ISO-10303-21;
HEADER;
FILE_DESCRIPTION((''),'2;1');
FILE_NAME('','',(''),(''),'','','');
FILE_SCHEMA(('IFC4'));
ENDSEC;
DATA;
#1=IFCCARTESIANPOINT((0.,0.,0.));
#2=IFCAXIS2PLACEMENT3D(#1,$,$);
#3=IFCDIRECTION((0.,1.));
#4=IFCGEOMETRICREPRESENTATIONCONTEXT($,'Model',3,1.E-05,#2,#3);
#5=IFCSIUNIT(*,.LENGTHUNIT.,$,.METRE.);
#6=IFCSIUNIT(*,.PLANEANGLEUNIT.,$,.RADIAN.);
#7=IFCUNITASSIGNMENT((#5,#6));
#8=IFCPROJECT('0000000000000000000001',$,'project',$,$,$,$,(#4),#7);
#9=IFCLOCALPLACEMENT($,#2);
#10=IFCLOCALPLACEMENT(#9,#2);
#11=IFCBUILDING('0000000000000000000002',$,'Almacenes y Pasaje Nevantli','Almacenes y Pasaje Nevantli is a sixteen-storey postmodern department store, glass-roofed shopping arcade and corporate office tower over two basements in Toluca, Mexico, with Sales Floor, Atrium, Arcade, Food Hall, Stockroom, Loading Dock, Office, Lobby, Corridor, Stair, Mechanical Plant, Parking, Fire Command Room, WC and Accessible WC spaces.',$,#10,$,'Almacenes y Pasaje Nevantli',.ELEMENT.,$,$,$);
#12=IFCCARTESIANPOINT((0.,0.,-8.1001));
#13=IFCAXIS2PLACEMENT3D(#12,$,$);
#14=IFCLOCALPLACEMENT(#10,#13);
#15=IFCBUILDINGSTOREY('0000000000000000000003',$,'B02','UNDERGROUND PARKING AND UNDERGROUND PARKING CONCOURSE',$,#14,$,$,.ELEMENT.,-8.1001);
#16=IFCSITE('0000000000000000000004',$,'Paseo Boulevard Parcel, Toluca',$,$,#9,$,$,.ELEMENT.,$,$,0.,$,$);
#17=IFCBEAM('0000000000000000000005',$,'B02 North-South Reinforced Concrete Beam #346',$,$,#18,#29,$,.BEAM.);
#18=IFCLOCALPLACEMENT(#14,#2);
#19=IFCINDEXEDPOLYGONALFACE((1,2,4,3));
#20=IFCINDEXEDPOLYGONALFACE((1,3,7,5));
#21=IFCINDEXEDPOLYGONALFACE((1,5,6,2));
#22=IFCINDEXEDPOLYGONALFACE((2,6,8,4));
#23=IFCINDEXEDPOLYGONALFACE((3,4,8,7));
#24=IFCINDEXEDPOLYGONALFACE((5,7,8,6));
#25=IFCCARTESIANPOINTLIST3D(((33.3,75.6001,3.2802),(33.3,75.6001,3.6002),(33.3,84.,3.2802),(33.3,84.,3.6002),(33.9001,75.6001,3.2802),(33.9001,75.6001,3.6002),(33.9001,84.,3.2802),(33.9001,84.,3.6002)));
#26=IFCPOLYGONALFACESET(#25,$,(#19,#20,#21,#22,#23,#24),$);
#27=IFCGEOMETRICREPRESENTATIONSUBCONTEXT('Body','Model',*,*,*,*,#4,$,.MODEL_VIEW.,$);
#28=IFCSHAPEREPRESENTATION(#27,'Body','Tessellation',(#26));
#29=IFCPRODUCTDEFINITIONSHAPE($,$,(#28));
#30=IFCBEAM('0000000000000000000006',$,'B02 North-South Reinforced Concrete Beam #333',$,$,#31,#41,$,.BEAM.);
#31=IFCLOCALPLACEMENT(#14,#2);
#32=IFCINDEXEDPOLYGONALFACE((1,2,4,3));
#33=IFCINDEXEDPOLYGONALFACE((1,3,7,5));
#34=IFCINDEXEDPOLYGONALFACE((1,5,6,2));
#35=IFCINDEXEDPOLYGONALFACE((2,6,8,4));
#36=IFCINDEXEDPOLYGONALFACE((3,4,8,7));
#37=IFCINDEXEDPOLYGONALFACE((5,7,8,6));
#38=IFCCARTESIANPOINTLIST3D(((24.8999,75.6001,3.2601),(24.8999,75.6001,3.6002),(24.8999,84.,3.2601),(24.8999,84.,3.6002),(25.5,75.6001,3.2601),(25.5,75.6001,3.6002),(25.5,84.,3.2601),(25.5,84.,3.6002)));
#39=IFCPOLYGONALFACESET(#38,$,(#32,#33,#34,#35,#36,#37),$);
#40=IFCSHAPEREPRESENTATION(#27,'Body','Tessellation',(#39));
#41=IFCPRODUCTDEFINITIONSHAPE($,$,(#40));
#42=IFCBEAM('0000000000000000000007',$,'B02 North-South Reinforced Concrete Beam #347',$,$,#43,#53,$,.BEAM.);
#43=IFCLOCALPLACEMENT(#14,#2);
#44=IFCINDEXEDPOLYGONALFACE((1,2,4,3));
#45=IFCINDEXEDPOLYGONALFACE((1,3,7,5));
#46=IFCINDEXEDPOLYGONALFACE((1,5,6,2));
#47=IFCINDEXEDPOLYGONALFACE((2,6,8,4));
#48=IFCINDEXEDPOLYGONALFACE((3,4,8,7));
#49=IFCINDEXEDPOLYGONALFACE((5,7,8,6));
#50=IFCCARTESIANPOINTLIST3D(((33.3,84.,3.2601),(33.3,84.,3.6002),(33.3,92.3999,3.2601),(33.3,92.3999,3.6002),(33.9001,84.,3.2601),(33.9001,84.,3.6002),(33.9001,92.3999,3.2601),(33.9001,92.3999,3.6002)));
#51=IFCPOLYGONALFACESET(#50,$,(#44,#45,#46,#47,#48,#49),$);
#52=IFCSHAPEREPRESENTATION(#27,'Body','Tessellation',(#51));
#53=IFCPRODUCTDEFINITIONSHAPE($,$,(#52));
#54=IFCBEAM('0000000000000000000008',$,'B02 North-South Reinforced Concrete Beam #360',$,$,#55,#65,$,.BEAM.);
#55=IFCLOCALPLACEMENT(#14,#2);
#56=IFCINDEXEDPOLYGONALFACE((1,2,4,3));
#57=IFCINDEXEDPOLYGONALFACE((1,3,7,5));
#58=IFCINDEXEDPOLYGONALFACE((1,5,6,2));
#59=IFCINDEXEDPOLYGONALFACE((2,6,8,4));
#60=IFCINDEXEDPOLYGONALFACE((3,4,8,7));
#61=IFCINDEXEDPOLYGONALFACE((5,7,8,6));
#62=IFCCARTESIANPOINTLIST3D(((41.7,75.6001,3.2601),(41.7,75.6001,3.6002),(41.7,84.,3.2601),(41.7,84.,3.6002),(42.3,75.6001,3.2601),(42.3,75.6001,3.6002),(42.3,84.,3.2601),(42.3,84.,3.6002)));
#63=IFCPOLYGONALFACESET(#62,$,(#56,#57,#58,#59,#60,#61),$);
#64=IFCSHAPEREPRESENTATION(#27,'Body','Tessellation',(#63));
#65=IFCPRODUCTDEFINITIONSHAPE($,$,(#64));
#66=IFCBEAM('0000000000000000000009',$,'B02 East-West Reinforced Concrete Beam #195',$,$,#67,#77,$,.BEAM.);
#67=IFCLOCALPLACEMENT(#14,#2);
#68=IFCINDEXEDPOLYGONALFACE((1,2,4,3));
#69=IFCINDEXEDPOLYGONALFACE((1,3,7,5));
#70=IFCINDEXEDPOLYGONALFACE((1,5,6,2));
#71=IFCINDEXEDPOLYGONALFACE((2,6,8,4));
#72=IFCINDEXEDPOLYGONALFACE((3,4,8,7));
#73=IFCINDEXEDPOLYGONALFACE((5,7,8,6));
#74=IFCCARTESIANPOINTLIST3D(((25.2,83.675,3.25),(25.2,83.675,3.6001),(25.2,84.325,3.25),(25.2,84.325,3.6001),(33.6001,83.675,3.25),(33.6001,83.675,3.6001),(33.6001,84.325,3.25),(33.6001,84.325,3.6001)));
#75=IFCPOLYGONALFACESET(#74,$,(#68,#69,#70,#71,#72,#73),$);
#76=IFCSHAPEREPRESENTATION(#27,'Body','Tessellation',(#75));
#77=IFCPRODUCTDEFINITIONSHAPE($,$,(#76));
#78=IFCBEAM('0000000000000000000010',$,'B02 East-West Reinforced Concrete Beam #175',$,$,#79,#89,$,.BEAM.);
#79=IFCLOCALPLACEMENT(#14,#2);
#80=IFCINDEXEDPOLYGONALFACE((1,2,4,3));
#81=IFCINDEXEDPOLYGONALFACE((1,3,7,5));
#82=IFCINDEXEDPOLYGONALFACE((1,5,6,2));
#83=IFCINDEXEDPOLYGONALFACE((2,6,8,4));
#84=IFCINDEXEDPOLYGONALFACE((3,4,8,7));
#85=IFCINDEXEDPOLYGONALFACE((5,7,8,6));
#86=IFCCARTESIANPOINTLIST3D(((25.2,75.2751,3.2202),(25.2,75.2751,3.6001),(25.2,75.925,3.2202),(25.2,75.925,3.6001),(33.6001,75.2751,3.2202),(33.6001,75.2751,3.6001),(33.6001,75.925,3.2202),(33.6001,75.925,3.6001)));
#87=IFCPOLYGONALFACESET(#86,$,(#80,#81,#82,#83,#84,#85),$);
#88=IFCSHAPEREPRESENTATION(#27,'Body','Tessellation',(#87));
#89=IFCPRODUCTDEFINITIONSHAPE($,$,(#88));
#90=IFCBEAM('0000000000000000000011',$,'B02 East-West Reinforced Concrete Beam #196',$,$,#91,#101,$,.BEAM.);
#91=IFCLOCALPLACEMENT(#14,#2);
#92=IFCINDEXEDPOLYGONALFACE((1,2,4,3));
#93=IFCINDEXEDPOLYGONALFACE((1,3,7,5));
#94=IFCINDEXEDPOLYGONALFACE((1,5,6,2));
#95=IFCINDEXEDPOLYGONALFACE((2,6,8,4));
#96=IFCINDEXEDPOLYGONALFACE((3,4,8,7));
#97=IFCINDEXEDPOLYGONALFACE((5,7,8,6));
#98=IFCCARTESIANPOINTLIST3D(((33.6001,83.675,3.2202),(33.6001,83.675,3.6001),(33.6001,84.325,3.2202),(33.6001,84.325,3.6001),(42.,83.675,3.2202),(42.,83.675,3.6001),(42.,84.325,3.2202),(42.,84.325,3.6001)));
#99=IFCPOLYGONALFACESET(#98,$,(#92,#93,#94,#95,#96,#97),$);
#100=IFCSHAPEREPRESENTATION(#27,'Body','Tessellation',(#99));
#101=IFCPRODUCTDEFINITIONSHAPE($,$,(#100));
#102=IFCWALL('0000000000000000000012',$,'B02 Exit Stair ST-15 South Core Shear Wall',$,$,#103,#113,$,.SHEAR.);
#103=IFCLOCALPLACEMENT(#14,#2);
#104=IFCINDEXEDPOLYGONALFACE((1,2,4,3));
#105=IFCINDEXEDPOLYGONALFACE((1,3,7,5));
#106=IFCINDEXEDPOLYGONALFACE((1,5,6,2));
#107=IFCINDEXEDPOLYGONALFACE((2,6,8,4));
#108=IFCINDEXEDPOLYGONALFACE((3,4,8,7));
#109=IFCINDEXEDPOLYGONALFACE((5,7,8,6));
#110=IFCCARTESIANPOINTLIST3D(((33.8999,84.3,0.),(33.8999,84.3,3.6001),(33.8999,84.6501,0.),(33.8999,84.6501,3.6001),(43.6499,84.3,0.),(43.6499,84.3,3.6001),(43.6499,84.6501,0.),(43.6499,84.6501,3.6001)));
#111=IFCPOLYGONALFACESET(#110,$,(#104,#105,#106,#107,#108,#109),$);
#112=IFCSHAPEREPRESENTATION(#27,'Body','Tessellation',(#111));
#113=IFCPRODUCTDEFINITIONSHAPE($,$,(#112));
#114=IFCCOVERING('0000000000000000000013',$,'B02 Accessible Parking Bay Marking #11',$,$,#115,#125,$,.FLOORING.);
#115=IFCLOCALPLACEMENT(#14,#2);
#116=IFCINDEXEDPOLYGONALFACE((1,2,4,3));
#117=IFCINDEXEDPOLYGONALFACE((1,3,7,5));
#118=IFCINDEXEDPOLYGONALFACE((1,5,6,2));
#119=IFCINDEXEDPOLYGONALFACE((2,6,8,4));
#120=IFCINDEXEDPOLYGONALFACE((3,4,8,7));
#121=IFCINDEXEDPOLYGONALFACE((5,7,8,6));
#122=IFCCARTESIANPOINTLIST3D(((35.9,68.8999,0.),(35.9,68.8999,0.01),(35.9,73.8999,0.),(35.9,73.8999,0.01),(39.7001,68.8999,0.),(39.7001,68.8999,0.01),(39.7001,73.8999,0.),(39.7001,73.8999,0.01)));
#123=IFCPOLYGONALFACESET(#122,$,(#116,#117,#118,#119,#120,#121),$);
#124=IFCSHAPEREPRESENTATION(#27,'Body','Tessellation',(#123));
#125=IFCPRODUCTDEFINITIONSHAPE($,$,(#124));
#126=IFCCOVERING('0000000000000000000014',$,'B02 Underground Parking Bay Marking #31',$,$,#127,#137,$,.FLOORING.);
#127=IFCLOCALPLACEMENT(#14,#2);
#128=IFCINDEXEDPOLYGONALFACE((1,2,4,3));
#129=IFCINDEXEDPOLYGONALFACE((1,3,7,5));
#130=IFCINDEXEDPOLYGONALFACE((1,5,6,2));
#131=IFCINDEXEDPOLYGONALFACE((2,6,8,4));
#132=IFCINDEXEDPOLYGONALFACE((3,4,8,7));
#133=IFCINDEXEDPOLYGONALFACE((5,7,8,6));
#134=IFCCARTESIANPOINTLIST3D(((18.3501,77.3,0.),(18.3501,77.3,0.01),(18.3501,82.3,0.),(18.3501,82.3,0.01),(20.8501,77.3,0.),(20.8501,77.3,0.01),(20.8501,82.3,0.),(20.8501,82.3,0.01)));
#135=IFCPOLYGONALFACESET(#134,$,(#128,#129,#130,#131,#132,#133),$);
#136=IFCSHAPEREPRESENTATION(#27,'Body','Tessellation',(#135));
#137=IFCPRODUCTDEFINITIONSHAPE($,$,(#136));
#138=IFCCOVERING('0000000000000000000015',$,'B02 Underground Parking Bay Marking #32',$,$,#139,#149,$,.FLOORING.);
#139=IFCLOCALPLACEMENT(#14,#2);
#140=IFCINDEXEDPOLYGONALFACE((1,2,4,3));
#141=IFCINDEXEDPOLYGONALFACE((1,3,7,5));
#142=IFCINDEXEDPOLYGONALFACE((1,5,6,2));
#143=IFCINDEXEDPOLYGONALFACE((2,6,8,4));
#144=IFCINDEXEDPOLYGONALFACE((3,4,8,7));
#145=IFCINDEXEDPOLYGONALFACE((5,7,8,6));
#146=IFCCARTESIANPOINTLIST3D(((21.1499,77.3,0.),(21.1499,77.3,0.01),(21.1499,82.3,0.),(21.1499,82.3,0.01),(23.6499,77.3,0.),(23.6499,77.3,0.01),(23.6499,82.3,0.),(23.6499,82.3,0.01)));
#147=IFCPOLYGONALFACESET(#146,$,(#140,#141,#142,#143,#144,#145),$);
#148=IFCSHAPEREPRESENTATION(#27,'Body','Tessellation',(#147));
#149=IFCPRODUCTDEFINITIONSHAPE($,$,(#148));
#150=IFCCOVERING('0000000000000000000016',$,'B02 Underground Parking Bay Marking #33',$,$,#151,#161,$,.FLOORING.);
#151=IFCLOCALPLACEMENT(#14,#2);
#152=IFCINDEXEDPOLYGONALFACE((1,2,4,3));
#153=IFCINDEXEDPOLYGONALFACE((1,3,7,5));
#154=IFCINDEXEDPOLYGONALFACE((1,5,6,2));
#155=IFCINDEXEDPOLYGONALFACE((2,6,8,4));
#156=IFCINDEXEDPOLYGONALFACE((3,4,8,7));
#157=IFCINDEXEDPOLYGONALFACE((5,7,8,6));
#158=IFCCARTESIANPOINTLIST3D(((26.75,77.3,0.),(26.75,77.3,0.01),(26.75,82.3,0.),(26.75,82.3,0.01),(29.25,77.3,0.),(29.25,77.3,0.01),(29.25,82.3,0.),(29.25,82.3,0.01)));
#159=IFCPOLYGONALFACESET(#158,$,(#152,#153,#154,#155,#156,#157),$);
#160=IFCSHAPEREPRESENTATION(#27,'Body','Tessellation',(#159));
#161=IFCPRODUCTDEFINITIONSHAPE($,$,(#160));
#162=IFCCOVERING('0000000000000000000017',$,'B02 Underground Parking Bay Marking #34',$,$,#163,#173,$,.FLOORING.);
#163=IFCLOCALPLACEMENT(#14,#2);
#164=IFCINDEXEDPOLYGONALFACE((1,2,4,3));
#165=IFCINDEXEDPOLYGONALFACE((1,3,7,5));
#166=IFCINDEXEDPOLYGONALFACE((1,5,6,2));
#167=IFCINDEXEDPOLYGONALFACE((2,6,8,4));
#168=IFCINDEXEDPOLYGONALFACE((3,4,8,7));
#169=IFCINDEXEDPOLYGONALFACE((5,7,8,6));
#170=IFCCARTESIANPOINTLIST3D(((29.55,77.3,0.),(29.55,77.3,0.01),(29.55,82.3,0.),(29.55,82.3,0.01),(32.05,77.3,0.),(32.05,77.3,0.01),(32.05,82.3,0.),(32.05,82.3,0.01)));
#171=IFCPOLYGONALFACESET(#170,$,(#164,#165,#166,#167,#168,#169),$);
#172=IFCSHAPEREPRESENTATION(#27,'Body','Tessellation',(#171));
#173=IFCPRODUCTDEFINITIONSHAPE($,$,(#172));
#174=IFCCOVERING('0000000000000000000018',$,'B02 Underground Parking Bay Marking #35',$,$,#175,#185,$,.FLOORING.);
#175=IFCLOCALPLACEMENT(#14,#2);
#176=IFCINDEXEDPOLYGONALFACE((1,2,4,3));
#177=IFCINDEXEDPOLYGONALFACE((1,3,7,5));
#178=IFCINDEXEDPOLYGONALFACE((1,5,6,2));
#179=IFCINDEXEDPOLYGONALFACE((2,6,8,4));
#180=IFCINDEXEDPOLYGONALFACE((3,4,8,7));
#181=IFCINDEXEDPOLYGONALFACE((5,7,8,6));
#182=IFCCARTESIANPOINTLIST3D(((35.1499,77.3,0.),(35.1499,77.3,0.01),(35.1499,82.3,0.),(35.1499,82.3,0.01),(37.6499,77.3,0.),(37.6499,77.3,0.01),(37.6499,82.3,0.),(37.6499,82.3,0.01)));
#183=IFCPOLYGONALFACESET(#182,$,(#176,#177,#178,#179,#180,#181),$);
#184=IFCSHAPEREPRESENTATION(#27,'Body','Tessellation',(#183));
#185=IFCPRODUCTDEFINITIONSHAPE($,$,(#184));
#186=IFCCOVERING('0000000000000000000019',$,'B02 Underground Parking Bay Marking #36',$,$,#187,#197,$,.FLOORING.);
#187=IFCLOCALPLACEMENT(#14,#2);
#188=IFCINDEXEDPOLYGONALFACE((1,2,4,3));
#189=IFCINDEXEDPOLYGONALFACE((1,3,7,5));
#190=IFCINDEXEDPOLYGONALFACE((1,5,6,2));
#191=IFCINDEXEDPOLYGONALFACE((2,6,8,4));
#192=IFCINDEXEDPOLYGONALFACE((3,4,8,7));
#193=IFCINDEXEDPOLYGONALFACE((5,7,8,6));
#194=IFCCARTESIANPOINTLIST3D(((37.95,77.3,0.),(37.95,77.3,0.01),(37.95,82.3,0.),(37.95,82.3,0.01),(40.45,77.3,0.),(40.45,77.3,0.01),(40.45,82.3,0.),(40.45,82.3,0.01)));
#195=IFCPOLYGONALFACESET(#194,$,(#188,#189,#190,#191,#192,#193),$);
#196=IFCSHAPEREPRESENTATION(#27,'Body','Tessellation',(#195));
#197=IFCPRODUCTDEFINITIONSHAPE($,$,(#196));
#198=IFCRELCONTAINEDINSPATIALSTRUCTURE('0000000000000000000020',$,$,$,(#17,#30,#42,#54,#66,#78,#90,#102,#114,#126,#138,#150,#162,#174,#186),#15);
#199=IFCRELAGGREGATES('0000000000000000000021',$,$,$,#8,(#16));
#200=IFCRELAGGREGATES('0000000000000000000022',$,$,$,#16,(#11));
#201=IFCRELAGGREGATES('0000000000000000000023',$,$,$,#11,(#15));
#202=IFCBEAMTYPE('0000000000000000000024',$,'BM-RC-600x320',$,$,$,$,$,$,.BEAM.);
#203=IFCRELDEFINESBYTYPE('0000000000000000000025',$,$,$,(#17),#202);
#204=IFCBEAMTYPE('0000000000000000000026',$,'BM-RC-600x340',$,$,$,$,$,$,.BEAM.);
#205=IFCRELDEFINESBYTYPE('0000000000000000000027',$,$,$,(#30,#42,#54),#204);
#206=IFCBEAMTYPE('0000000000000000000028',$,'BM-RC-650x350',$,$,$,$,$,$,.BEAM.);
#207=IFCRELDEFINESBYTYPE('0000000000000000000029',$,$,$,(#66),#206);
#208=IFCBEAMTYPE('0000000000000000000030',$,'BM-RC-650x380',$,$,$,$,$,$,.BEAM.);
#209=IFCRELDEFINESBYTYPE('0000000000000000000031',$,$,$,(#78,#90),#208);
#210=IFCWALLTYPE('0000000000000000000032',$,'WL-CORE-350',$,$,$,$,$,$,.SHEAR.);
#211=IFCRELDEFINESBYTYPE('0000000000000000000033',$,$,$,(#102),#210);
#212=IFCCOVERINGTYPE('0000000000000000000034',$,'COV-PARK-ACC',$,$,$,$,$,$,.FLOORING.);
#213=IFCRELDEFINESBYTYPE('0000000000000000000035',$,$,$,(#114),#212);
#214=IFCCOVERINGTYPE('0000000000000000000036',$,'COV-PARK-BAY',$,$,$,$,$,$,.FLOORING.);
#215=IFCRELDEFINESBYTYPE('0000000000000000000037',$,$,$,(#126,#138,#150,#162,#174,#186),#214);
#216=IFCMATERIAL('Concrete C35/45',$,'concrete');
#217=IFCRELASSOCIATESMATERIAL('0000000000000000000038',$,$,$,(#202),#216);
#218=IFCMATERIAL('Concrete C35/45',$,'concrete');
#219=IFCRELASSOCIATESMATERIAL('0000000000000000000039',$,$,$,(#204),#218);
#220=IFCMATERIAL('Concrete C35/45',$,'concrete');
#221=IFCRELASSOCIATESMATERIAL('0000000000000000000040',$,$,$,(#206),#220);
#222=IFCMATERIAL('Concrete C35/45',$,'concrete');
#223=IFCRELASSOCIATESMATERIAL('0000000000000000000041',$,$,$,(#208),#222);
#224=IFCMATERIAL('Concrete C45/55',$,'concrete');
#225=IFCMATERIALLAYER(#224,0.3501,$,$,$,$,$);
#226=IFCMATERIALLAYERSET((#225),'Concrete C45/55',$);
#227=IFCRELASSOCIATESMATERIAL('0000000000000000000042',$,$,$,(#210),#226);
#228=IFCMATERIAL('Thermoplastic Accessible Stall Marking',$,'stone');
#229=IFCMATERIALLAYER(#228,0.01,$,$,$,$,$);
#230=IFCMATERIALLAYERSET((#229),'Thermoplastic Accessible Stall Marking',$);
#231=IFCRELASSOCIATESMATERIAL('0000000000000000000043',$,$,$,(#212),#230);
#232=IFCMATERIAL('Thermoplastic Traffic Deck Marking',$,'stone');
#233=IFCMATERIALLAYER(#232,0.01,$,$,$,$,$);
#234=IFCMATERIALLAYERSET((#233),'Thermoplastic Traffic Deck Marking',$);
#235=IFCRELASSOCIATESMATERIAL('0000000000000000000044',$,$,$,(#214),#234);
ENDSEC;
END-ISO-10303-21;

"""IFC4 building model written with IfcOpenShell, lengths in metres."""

from ifc_helpers import new_model, si_unit, direction, frame, frame_2d, origin, origin_2d, place, context, subcontext, project, spatial, rectangle, extrude, material, layer, layer_set, material_profile, profile_set, type_object, element, save


model = new_model("IFC4")

# Units and contexts
model_context = context("Model", 3, precision=1e-05, world=origin(), true_north=direction((0.0, 1.0)))
body_context = subcontext(model_context, "Body", "Model", "MODEL_VIEW")
ifc_project = project(units=[si_unit("LENGTHUNIT", "METRE"), si_unit("PLANEANGLEUNIT", "RADIAN")], contexts=[model_context])

# Site, building, storey
site_placement = place(None, origin())
site = spatial("IfcSite", under=ifc_project, at=site_placement, Name="Paseo Boulevard Parcel, Toluca", CompositionType="ELEMENT", RefElevation=0.0)
building_placement = place(site_placement, origin())
building = spatial("IfcBuilding", under=site, at=building_placement, Name="Almacenes y Pasaje Nevantli", Description="Almacenes y Pasaje Nevantli is a sixteen-storey postmodern department store, glass-roofed shopping arcade and corporate office tower over two basements in Toluca, Mexico, with Sales Floor, Atrium, Arcade, Food Hall, Stockroom, Loading Dock, Office, Lobby, Corridor, Stair, Mechanical Plant, Parking, Fire Command Room, WC and Accessible WC spaces.", LongName="Almacenes y Pasaje Nevantli", CompositionType="ELEMENT")
storey_placement = place(building_placement, frame((0.0, 0.0, -8.1001)))
storey = spatial("IfcBuildingStorey", under=building, at=storey_placement, Name="B02", Description="UNDERGROUND PARKING AND UNDERGROUND PARKING CONCOURSE", CompositionType="ELEMENT", Elevation=-8.1001)

# Beams
ifc_material_1 = material(Name="Concrete C35/45", Category="concrete")
ifc_material_profile_1 = material_profile(ifc_material_1, rectangle(XDim=0.6001, YDim=0.3201, at=origin_2d()), Name="RC-BM-600x320")
ifc_profile_set_1 = profile_set([ifc_material_profile_1], Name="Concrete C35/45")
beam_type_1 = type_object("IfcBeamType", Name="BM-RC-600x320", PredefinedType="BEAM", material=ifc_profile_set_1)
for number, where, z_axis, x_axis, name in (
    (1, (33.6001, 75.6001, 3.4402), (0.0, 1.0, 0.0), (-1.0, 0.0, 0.0), "B02 North-South Reinforced Concrete Beam #346"),
):
    element("IfcBeam", number, at=place(storey_placement, frame(where, z_axis=z_axis, x_axis=x_axis)), inside=storey, type_object=beam_type_1, Name=name, PredefinedType="BEAM", context=body_context, shape_type="SweptSolid", body=[
        extrude(rectangle(XDim=0.6001, YDim=0.3201, at=origin_2d()), origin(), (0.0, 0.0, 1.0), 8.3999),
    ])
ifc_material_2 = material(Name="Concrete C35/45", Category="concrete")
ifc_material_profile_2 = material_profile(ifc_material_2, rectangle(XDim=0.6001, YDim=0.3401, at=origin_2d()), Name="RC-BM-600x340")
ifc_profile_set_2 = profile_set([ifc_material_profile_2], Name="Concrete C35/45")
beam_type_2 = type_object("IfcBeamType", Name="BM-RC-600x340", PredefinedType="BEAM", material=ifc_profile_set_2)
for number, where, z_axis, x_axis, name in (
    (2, (25.2, 75.6001, 3.4302), (0.0, 1.0, 0.0), (-1.0, 0.0, 0.0), "B02 North-South Reinforced Concrete Beam #333"),
    (3, (33.6001, 84.0, 3.4302), (0.0, 1.0, 0.0), (-1.0, 0.0, 0.0), "B02 North-South Reinforced Concrete Beam #347"),
    (4, (42.0, 75.6001, 3.4302), (0.0, 1.0, 0.0), (-1.0, 0.0, 0.0), "B02 North-South Reinforced Concrete Beam #360"),
):
    element("IfcBeam", number, at=place(storey_placement, frame(where, z_axis=z_axis, x_axis=x_axis)), inside=storey, type_object=beam_type_2, Name=name, PredefinedType="BEAM", context=body_context, shape_type="SweptSolid", body=[
        extrude(rectangle(XDim=0.6001, YDim=0.3401, at=origin_2d()), origin(), (0.0, 0.0, 1.0), 8.3999),
    ])
ifc_material_3 = material(Name="Concrete C35/45", Category="concrete")
ifc_material_profile_3 = material_profile(ifc_material_3, rectangle(XDim=0.6499, YDim=0.3501, at=origin_2d()), Name="RC-BM-650x350")
ifc_profile_set_3 = profile_set([ifc_material_profile_3], Name="Concrete C35/45")
beam_type_3 = type_object("IfcBeamType", Name="BM-RC-650x350", PredefinedType="BEAM", material=ifc_profile_set_3)
beam_1_placement = place(storey_placement, frame((25.2, 84.0, 3.425), z_axis=(1.0, 0.0, 0.0), x_axis=(0.0, 1.0, 0.0)))
element("IfcBeam", 5, at=beam_1_placement, inside=storey, type_object=beam_type_3, Name="B02 East-West Reinforced Concrete Beam #195", PredefinedType="BEAM", context=body_context, shape_type="SweptSolid", body=[
    extrude(rectangle(XDim=0.6499, YDim=0.3501, at=origin_2d()), origin(), (0.0, 0.0, 1.0), 8.4001),
])
ifc_material_4 = material(Name="Concrete C35/45", Category="concrete")
ifc_material_profile_4 = material_profile(ifc_material_4, rectangle(XDim=0.6499, YDim=0.3799, at=origin_2d()), Name="RC-BM-650x380")
ifc_profile_set_4 = profile_set([ifc_material_profile_4], Name="Concrete C35/45")
beam_type_4 = type_object("IfcBeamType", Name="BM-RC-650x380", PredefinedType="BEAM", material=ifc_profile_set_4)
beam_2_placement = place(storey_placement, frame((25.2, 75.6001, 3.4102), z_axis=(1.0, 0.0, 0.0), x_axis=(0.0, 1.0, 0.0)))
element("IfcBeam", 6, at=beam_2_placement, inside=storey, type_object=beam_type_4, Name="B02 East-West Reinforced Concrete Beam #175", PredefinedType="BEAM", context=body_context, shape_type="SweptSolid", body=[
    extrude(rectangle(XDim=0.6499, YDim=0.3799, at=origin_2d()), origin(), (0.0, 0.0, 1.0), 8.4001),
])
beam_3_placement = place(storey_placement, frame((33.6001, 84.0, 3.4102), z_axis=(1.0, 0.0, 0.0), x_axis=(0.0, 1.0, 0.0)))
element("IfcBeam", 7, at=beam_3_placement, inside=storey, type_object=beam_type_4, Name="B02 East-West Reinforced Concrete Beam #196", PredefinedType="BEAM", context=body_context, shape_type="SweptSolid", body=[
    extrude(rectangle(XDim=0.6499, YDim=0.3799, at=origin_2d()), origin(), (0.0, 0.0, 1.0), 8.3999),
])

# Wall
ifc_material_5 = material(Name="Concrete C45/55", Category="concrete")
ifc_layer_1 = layer(ifc_material_5, 0.3501)
ifc_layer_set_1 = layer_set([ifc_layer_1], Name="Concrete C45/55")
wall_type = type_object("IfcWallType", Name="WL-CORE-350", PredefinedType="SHEAR", material=ifc_layer_set_1)
wall_placement = place(storey_placement, frame((33.8999, 84.4751, 0.0), z_axis=(0.0, 0.0, 1.0), x_axis=(1.0, 0.0, 0.0)))
element("IfcWall", 8, at=wall_placement, inside=storey, type_object=wall_type, Name="B02 Exit Stair ST-15 South Core Shear Wall", PredefinedType="SHEAR", context=body_context, shape_type="SweptSolid", body=[
    extrude(rectangle(XDim=9.75, YDim=0.3501, at=frame_2d((4.875, 0.0))), origin(), (0.0, 0.0, 1.0), 3.6001),
])

# Coverings
ifc_material_6 = material(Name="Thermoplastic Accessible Stall Marking", Category="stone")
ifc_layer_2 = layer(ifc_material_6, 0.01)
ifc_layer_set_2 = layer_set([ifc_layer_2], Name="Thermoplastic Accessible Stall Marking")
covering_type_1 = type_object("IfcCoveringType", Name="COV-PARK-ACC", PredefinedType="FLOORING", material=ifc_layer_set_2)
covering_placement = place(storey_placement, frame((37.8, 71.3999, 0.0), z_axis=(0.0, 0.0, 1.0), x_axis=(1.0, 0.0, 0.0)))
element("IfcCovering", 9, at=covering_placement, inside=storey, type_object=covering_type_1, Name="B02 Accessible Parking Bay Marking #11", PredefinedType="FLOORING", context=body_context, shape_type="SweptSolid", body=[
    extrude(rectangle(XDim=3.8, YDim=5.0, at=origin_2d()), origin(), (0.0, 0.0, 1.0), 0.01),
])
ifc_material_7 = material(Name="Thermoplastic Traffic Deck Marking", Category="stone")
ifc_layer_3 = layer(ifc_material_7, 0.01)
ifc_layer_set_3 = layer_set([ifc_layer_3], Name="Thermoplastic Traffic Deck Marking")
covering_type_2 = type_object("IfcCoveringType", Name="COV-PARK-BAY", PredefinedType="FLOORING", material=ifc_layer_set_3)
for number, where, z_axis, x_axis, name in (
    (10, (19.6001, 79.8, 0.0), (0.0, 0.0, 1.0), (1.0, 0.0, 0.0), "B02 Underground Parking Bay Marking #31"),
    (11, (22.3999, 79.8, 0.0), (0.0, 0.0, 1.0), (1.0, 0.0, 0.0), "B02 Underground Parking Bay Marking #32"),
    (12, (28.0, 79.8, 0.0), (0.0, 0.0, 1.0), (1.0, 0.0, 0.0), "B02 Underground Parking Bay Marking #33"),
    (13, (30.8, 79.8, 0.0), (0.0, 0.0, 1.0), (1.0, 0.0, 0.0), "B02 Underground Parking Bay Marking #34"),
    (14, (36.3999, 79.8, 0.0), (0.0, 0.0, 1.0), (1.0, 0.0, 0.0), "B02 Underground Parking Bay Marking #35"),
    (15, (39.2, 79.8, 0.0), (0.0, 0.0, 1.0), (1.0, 0.0, 0.0), "B02 Underground Parking Bay Marking #36"),
):
    element("IfcCovering", number, at=place(storey_placement, frame(where, z_axis=z_axis, x_axis=x_axis)), inside=storey, type_object=covering_type_2, Name=name, PredefinedType="FLOORING", context=body_context, shape_type="SweptSolid", body=[
        extrude(rectangle(XDim=2.5, YDim=5.0, at=origin_2d()), origin(), (0.0, 0.0, 1.0), 0.01),
    ])

save(model, "model.ifc")
